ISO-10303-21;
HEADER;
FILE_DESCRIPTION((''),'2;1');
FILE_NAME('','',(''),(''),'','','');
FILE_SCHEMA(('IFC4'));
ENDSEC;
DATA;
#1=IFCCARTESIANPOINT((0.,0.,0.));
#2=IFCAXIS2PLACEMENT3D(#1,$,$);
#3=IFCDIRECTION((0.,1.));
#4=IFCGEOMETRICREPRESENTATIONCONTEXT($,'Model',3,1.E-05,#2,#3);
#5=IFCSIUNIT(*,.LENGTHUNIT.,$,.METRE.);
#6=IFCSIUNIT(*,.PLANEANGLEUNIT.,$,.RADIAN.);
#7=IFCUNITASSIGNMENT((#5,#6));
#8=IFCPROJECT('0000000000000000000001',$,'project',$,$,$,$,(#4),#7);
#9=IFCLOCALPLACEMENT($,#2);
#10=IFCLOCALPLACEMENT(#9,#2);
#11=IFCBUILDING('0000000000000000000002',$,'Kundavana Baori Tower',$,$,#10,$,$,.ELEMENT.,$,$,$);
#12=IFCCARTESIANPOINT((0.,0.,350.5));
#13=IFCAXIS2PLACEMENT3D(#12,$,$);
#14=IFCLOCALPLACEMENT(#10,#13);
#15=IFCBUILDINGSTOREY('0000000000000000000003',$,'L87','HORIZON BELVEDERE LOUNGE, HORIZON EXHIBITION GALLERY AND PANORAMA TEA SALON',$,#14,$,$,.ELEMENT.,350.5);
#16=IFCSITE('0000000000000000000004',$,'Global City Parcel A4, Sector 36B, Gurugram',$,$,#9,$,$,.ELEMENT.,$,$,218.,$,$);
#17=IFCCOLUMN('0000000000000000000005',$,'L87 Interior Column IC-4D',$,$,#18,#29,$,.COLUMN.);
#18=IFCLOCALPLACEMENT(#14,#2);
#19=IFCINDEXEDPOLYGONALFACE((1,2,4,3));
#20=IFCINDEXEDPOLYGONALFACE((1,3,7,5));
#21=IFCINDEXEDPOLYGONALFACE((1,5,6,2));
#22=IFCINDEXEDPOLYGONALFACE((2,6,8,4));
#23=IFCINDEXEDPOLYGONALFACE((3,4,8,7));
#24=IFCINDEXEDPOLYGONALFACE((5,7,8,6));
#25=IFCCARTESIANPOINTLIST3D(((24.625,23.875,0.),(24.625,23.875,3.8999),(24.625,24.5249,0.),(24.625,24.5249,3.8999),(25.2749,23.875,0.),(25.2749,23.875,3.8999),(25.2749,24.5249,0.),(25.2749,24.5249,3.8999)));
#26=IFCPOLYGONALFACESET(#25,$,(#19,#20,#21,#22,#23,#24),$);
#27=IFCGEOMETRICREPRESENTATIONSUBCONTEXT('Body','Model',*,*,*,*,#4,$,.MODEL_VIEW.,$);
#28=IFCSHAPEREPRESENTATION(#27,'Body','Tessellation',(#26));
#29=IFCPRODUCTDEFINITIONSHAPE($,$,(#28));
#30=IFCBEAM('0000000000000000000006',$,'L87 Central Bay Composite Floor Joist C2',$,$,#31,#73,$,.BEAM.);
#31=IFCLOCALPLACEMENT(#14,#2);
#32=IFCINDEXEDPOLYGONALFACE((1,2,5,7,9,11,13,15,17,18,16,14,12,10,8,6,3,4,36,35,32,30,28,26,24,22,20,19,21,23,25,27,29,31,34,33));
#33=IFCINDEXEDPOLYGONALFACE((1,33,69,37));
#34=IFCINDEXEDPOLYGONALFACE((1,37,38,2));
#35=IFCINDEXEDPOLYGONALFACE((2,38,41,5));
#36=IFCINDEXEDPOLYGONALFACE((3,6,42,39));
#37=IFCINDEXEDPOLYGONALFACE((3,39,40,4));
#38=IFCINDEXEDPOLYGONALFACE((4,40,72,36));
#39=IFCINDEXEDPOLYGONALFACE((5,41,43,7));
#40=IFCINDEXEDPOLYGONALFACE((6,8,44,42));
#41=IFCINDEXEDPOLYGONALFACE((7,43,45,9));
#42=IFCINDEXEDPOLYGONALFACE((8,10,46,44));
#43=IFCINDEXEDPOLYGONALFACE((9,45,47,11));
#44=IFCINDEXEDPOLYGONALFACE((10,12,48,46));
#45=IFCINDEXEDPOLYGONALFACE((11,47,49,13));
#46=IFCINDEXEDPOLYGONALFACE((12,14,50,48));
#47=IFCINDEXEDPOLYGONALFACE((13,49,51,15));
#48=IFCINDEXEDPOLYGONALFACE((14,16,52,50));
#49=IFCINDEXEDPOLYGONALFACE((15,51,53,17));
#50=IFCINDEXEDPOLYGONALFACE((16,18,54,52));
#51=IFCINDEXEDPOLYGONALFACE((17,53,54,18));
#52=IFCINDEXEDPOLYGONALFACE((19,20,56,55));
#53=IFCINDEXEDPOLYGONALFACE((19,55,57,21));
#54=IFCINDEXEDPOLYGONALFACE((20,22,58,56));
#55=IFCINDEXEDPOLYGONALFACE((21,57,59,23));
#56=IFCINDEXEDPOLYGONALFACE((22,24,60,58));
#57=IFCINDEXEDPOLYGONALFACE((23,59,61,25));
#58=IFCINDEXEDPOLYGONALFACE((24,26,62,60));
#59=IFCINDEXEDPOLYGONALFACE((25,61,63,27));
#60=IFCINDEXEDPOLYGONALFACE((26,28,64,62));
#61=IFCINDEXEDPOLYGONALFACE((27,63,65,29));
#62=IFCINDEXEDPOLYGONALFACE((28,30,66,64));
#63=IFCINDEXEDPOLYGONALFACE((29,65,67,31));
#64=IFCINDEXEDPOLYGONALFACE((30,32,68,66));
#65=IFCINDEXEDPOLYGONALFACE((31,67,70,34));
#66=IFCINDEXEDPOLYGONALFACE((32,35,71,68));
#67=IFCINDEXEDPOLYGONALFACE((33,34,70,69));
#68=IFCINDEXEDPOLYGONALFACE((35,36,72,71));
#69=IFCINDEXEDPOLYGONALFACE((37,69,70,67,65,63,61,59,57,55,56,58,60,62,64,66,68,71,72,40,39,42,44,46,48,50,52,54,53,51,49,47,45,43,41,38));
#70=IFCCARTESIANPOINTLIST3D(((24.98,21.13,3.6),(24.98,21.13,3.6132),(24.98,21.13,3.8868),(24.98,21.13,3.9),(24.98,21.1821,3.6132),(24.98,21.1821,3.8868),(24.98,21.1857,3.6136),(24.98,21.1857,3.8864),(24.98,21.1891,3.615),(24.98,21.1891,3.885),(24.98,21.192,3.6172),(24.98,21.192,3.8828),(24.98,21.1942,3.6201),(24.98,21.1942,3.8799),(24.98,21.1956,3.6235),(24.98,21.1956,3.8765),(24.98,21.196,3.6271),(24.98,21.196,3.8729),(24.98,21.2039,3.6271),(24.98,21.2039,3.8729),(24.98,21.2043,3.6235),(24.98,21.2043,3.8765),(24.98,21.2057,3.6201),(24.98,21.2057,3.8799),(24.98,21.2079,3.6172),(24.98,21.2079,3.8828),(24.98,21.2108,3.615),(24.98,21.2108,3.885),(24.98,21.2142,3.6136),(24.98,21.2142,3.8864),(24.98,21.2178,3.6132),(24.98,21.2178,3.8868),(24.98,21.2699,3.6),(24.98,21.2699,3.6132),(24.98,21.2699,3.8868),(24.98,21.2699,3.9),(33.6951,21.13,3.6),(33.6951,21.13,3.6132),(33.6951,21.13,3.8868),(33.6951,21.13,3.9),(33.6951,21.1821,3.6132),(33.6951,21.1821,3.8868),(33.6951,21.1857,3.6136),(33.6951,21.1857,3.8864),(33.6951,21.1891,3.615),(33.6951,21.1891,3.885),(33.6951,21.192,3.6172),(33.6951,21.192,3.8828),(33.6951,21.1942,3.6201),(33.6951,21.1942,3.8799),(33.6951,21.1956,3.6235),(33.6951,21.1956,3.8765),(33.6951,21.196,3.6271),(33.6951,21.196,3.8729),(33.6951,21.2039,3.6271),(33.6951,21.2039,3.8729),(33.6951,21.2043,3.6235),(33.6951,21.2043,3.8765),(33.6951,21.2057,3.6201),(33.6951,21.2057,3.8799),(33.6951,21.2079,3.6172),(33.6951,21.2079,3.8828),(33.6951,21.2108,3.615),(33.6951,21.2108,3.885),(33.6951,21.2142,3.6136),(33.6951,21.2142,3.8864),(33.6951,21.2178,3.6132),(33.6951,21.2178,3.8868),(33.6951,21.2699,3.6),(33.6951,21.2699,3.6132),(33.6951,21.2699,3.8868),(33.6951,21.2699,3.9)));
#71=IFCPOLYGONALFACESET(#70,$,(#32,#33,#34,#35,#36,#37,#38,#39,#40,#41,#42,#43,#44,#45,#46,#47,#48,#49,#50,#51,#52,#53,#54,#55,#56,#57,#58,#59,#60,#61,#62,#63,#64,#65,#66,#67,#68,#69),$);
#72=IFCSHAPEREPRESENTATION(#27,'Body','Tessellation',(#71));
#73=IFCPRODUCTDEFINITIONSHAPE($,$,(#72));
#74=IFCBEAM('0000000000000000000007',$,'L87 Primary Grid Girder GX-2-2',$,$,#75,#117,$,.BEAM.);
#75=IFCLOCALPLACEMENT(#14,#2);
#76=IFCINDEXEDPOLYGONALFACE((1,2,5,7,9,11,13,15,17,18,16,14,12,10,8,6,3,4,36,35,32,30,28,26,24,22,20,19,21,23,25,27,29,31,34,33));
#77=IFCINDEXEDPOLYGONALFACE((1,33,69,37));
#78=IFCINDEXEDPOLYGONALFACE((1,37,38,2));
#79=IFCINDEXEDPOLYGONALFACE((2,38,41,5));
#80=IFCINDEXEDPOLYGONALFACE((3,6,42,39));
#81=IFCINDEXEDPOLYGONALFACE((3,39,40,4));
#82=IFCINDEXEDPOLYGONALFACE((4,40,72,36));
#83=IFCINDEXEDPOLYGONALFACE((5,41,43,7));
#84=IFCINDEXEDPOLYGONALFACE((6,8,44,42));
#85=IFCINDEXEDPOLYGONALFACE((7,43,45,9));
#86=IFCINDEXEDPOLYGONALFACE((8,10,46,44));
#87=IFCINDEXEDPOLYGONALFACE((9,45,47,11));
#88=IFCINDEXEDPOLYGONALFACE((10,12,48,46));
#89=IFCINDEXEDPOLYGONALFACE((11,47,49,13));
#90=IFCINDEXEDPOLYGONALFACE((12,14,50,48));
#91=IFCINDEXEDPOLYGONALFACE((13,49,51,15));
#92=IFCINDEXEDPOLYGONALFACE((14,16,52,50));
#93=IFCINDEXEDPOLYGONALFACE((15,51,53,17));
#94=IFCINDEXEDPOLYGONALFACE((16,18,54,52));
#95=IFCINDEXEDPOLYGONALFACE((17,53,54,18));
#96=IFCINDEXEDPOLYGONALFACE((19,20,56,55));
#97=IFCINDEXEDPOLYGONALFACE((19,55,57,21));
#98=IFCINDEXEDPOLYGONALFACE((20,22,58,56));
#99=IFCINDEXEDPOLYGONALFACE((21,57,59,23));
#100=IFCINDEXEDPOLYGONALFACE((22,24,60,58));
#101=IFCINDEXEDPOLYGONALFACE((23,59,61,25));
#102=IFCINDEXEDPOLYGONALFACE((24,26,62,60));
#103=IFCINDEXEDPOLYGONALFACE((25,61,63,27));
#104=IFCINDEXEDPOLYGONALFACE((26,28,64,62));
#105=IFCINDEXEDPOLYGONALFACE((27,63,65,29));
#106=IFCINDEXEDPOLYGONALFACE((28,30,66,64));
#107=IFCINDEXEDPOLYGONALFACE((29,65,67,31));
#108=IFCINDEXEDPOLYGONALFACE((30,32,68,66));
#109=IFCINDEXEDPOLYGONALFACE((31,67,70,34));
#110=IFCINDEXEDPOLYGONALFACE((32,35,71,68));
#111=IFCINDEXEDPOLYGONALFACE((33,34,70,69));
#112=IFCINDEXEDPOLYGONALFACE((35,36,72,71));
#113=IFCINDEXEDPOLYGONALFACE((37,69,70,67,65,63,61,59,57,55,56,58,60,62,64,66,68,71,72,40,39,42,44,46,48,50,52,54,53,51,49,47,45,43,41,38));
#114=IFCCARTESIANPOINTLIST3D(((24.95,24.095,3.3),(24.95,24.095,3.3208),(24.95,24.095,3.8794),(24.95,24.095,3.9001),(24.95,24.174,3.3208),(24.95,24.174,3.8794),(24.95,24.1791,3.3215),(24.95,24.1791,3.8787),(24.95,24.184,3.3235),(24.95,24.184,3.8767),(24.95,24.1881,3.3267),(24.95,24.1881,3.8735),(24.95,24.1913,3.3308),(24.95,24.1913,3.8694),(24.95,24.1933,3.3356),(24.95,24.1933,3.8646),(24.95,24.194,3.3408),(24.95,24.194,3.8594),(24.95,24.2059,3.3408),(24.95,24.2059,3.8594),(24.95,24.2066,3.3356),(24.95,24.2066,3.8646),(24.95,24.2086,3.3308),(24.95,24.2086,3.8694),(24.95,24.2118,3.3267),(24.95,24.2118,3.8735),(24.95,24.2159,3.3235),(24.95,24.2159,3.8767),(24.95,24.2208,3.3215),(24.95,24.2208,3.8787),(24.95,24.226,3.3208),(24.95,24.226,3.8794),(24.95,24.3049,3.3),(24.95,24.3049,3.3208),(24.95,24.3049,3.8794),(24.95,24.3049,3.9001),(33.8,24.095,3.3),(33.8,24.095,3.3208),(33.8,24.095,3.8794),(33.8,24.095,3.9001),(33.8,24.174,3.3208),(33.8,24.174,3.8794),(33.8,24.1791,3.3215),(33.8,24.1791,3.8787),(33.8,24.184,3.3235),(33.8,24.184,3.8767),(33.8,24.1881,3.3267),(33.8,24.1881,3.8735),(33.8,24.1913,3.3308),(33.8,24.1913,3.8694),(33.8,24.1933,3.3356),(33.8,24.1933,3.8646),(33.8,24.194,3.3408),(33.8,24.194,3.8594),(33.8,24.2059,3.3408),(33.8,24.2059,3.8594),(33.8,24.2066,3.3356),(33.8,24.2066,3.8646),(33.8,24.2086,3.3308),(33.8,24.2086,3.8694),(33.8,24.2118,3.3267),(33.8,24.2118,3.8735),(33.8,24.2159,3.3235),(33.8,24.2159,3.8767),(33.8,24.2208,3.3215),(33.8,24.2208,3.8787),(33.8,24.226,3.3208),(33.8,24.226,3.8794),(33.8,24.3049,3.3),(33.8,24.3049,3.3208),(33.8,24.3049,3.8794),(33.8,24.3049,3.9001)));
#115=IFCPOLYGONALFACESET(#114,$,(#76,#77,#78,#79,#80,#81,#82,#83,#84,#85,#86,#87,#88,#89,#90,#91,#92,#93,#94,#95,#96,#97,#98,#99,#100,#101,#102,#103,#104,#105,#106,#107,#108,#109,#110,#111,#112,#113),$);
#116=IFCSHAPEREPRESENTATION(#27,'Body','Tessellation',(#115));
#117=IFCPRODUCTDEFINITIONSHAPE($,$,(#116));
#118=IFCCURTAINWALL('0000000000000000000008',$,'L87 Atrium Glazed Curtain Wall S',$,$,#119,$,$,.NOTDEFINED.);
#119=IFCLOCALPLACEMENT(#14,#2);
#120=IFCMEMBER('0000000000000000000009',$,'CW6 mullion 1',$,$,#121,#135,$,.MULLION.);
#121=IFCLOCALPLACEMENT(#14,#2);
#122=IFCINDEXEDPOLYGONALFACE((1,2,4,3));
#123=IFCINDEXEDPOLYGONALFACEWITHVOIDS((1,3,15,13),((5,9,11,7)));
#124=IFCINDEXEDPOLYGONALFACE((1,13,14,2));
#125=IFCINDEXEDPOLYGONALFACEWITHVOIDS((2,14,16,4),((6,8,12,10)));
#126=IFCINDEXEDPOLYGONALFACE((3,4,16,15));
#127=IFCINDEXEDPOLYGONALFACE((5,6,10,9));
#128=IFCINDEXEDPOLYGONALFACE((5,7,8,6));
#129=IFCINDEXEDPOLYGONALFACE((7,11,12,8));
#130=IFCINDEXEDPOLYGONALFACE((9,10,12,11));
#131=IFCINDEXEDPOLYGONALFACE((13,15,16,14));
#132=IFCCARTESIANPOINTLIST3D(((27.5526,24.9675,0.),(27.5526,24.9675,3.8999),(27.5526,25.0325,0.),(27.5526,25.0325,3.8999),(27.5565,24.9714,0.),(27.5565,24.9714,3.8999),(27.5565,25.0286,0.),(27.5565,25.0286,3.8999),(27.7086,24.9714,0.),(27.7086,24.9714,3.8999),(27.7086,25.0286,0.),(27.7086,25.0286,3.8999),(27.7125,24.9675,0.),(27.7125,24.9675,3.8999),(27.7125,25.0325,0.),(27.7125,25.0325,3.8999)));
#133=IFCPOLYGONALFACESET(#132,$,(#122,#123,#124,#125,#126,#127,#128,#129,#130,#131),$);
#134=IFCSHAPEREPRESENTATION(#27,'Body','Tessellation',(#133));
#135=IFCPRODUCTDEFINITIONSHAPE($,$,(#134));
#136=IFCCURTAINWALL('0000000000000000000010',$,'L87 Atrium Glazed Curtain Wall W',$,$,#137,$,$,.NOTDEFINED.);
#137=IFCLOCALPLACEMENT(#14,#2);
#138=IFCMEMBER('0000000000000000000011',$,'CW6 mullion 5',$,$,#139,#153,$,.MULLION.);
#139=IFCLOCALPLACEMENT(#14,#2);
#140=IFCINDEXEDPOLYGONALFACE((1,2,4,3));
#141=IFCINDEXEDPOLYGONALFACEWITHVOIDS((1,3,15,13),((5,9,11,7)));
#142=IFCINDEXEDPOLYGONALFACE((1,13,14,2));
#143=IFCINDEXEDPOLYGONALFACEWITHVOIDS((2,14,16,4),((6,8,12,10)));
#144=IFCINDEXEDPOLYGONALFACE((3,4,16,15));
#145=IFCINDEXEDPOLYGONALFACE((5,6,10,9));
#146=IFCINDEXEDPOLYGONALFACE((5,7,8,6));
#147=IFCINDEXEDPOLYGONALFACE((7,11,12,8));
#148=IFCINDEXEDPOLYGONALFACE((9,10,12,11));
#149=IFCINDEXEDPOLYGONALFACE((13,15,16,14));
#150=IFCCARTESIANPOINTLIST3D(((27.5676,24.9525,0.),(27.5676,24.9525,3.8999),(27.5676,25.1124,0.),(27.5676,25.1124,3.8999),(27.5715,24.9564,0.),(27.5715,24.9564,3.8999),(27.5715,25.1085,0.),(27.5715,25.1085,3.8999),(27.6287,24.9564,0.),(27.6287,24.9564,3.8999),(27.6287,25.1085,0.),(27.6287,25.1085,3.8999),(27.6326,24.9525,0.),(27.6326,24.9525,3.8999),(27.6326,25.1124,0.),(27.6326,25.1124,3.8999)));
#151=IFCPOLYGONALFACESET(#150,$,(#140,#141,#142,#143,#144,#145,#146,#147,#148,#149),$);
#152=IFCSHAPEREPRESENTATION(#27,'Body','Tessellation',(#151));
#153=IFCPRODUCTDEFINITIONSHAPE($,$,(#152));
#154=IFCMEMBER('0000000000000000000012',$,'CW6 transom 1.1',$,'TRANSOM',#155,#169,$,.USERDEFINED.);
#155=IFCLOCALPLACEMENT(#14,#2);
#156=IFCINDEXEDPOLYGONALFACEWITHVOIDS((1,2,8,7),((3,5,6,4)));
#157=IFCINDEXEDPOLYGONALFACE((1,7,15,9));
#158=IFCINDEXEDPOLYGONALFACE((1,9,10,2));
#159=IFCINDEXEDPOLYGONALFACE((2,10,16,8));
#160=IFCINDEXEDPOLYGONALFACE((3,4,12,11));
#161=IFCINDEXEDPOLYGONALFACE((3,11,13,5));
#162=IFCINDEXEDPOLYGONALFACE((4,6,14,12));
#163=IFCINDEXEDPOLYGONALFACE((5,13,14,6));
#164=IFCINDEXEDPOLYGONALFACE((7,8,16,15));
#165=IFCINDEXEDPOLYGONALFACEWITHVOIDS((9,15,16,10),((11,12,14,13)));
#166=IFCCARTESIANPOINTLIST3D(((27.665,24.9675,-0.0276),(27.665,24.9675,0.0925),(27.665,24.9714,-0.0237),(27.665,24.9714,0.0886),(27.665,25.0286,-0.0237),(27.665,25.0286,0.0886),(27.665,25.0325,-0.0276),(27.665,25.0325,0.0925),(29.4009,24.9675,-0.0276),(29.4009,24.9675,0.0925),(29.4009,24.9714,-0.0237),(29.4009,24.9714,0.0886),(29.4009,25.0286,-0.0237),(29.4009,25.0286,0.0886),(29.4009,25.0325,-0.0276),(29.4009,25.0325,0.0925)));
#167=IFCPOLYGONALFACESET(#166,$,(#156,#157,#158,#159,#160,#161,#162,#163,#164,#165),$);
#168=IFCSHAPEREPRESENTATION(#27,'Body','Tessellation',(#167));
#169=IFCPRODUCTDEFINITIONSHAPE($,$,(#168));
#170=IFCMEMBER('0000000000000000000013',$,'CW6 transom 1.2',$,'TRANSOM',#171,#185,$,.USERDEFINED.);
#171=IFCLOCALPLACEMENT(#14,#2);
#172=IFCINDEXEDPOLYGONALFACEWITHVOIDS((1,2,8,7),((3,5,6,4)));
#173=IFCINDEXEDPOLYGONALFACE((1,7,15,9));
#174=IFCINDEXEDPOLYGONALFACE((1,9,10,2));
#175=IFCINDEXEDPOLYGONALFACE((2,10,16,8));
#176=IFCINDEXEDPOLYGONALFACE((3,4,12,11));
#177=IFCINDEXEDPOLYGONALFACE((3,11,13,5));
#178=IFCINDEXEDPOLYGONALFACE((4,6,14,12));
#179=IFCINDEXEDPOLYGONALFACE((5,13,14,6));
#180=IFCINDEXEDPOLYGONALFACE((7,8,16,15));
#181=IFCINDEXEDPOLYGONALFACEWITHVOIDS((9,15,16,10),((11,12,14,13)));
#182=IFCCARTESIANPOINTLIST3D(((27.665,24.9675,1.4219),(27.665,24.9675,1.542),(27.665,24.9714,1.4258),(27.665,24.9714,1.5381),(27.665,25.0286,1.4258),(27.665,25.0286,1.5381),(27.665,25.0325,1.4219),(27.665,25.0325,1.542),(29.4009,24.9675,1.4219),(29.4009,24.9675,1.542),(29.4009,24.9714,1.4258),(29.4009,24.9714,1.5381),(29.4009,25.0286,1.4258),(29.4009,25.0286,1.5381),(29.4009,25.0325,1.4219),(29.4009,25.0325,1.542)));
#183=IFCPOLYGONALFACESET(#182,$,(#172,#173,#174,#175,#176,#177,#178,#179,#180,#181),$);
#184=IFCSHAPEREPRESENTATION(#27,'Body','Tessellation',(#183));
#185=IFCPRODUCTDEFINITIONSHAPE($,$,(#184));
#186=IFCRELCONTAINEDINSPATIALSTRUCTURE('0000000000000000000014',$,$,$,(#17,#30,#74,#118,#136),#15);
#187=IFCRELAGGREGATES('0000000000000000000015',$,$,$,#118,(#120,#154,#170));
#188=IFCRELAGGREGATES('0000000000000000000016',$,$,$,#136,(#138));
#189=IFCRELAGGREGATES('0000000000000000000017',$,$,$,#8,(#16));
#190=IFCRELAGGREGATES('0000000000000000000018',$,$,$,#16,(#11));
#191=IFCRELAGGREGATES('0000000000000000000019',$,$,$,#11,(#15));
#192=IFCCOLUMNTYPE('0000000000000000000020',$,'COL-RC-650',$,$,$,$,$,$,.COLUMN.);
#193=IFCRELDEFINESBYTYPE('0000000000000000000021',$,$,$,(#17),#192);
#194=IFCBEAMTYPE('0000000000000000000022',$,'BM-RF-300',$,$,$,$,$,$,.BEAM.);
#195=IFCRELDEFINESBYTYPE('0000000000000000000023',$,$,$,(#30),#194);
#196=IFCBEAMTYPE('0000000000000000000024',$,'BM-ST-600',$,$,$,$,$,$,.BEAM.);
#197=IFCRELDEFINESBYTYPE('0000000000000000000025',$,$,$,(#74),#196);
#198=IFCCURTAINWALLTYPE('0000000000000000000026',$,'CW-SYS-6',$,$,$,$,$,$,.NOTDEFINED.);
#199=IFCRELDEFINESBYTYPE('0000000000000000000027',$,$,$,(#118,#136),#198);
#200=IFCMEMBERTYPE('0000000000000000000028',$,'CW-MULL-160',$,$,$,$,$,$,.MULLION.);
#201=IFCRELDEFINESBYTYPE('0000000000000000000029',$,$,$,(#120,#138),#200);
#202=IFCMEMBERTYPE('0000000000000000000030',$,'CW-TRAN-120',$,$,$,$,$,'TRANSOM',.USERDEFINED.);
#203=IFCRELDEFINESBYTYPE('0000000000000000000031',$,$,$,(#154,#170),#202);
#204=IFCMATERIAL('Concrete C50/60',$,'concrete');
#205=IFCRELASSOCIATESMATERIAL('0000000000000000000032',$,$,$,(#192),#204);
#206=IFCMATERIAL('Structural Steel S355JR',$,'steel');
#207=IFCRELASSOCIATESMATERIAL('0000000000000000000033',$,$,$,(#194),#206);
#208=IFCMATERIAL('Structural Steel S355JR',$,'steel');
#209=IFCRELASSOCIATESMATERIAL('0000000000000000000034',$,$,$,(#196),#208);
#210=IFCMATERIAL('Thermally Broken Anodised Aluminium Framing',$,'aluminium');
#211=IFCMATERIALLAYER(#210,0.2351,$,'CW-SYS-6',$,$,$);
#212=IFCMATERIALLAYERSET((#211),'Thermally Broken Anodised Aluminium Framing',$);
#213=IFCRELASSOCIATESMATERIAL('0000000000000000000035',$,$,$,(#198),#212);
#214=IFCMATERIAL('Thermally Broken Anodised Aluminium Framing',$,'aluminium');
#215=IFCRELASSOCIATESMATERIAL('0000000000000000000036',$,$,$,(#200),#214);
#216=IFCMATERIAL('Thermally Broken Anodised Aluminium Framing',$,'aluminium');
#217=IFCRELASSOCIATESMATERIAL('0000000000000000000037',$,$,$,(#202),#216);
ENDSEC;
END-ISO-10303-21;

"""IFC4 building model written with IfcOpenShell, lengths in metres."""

from ifc_helpers import new_model, si_unit, direction, frame, origin, origin_2d, place, context, subcontext, project, spatial, rectangle, hollow_rectangle, i_section, extrude, material, layer, layer_set, material_profile, profile_set, type_object, element, aggregate, save


model = new_model("IFC4")

# Units and contexts
model_context = context("Model", 3, precision=1e-05, world=origin(), true_north=direction((0.0, 1.0)))
body_context = subcontext(model_context, "Body", "Model", "MODEL_VIEW")
ifc_project = project(units=[si_unit("LENGTHUNIT", "METRE"), si_unit("PLANEANGLEUNIT", "RADIAN")], contexts=[model_context])

# Site, building, storey
site_placement = place(None, origin())
site = spatial("IfcSite", under=ifc_project, at=site_placement, Name="Global City Parcel A4, Sector 36B, Gurugram", CompositionType="ELEMENT", RefElevation=218.0)
building_placement = place(site_placement, origin())
building = spatial("IfcBuilding", under=site, at=building_placement, Name="Kundavana Baori Tower", CompositionType="ELEMENT")
storey_placement = place(building_placement, frame((0.0, 0.0, 350.5)))
storey = spatial("IfcBuildingStorey", under=building, at=storey_placement, Name="L87", Description="HORIZON BELVEDERE LOUNGE, HORIZON EXHIBITION GALLERY AND PANORAMA TEA SALON", CompositionType="ELEMENT", Elevation=350.5)

# Column
ifc_material_1 = material(Name="Concrete C50/60", Category="concrete")
ifc_material_profile_1 = material_profile(ifc_material_1, rectangle(XDim=0.6499, YDim=0.6499, at=origin_2d()), Name="RC 650x650")
ifc_profile_set_1 = profile_set([ifc_material_profile_1], Name="Concrete C50/60")
column_type = type_object("IfcColumnType", Name="COL-RC-650", PredefinedType="COLUMN", material=ifc_profile_set_1)
column_placement = place(storey_placement, frame((24.95, 24.2, 0.0), z_axis=(0.0, 0.0, 1.0), x_axis=(1.0, 0.0, 0.0)))
element("IfcColumn", 1, at=column_placement, inside=storey, type_object=column_type, Name="L87 Interior Column IC-4D", PredefinedType="COLUMN", context=body_context, shape_type="SweptSolid", body=[
    extrude(rectangle(XDim=0.6499, YDim=0.6499, at=origin_2d()), origin(), (0.0, 0.0, 1.0), 3.8999),
])

# Beams
ifc_material_2 = material(Name="Structural Steel S355JR", Category="steel")
ifc_material_profile_2 = material_profile(ifc_material_2, i_section(OverallWidth=0.1399, OverallDepth=0.3, WebThickness=0.0078, FlangeThickness=0.0132, FilletRadius=0.0139, at=origin_2d()), Name="ISMB 300")
ifc_profile_set_2 = profile_set([ifc_material_profile_2], Name="Structural Steel S355JR")
beam_type_1 = type_object("IfcBeamType", Name="BM-RF-300", PredefinedType="BEAM", material=ifc_profile_set_2)
beam_1_placement = place(storey_placement, frame((24.98, 21.2, 3.75), z_axis=(1.0, 0.0, 0.0), x_axis=(0.0, 1.0, 0.0)))
element("IfcBeam", 2, at=beam_1_placement, inside=storey, type_object=beam_type_1, Name="L87 Central Bay Composite Floor Joist C2", PredefinedType="BEAM", context=body_context, shape_type="SweptSolid", body=[
    extrude(i_section(OverallWidth=0.1399, OverallDepth=0.3, WebThickness=0.0078, FlangeThickness=0.0132, FilletRadius=0.0139, at=origin_2d()), origin(), (0.0, 0.0, 1.0), 8.7151),
])
ifc_material_3 = material(Name="Structural Steel S355JR", Category="steel")
ifc_material_profile_3 = material_profile(ifc_material_3, i_section(OverallWidth=0.21, OverallDepth=0.6001, WebThickness=0.012, FlangeThickness=0.0208, FilletRadius=0.02, at=origin_2d()), Name="ISMB 600")
ifc_profile_set_3 = profile_set([ifc_material_profile_3], Name="Structural Steel S355JR")
beam_type_2 = type_object("IfcBeamType", Name="BM-ST-600", PredefinedType="BEAM", material=ifc_profile_set_3)
beam_2_placement = place(storey_placement, frame((24.95, 24.2, 3.6001), z_axis=(1.0, 0.0, 0.0), x_axis=(0.0, 1.0, 0.0)))
element("IfcBeam", 3, at=beam_2_placement, inside=storey, type_object=beam_type_2, Name="L87 Primary Grid Girder GX-2-2", PredefinedType="BEAM", context=body_context, shape_type="SweptSolid", body=[
    extrude(i_section(OverallWidth=0.21, OverallDepth=0.6001, WebThickness=0.012, FlangeThickness=0.0208, FilletRadius=0.02, at=origin_2d()), origin(), (0.0, 0.0, 1.0), 8.8501),
])

# Curtain walls, members
ifc_material_4 = material(Name="Thermally Broken Anodised Aluminium Framing", Category="aluminium")
ifc_layer_1 = layer(ifc_material_4, 0.2351, Name="CW-SYS-6")
ifc_layer_set_1 = layer_set([ifc_layer_1], Name="Thermally Broken Anodised Aluminium Framing")
curtain_wall_type = type_object("IfcCurtainWallType", Name="CW-SYS-6", PredefinedType="NOTDEFINED", material=ifc_layer_set_1)
curtain_wall_1_placement = place(storey_placement, origin())
curtain_wall_1 = element("IfcCurtainWall", 4, at=curtain_wall_1_placement, inside=storey, type_object=curtain_wall_type, Name="L87 Atrium Glazed Curtain Wall S", PredefinedType="NOTDEFINED")
ifc_material_5 = material(Name="Thermally Broken Anodised Aluminium Framing", Category="aluminium")
ifc_material_profile_4 = material_profile(ifc_material_5, hollow_rectangle(XDim=0.0649, YDim=0.1599, WallThickness=0.0039, at=origin_2d()), Name="CW-MULL-160")
ifc_profile_set_4 = profile_set([ifc_material_profile_4], Name="Thermally Broken Anodised Aluminium Framing")
member_type_1 = type_object("IfcMemberType", Name="CW-MULL-160", PredefinedType="MULLION", material=ifc_profile_set_4)
member_1_placement = place(storey_placement, frame((27.6326, 25.0, 0.0), z_axis=(0.0, 0.0, 1.0), x_axis=(0.0, 1.0, 0.0)))
member_1 = element("IfcMember", 5, at=member_1_placement, type_object=member_type_1, Name="CW6 mullion 1", PredefinedType="MULLION", context=body_context, shape_type="SweptSolid", body=[
    extrude(hollow_rectangle(XDim=0.0649, YDim=0.1599, WallThickness=0.0039, at=origin_2d()), origin(), (0.0, 0.0, 1.0), 3.8999),
])
curtain_wall_2_placement = place(storey_placement, origin())
curtain_wall_2 = element("IfcCurtainWall", 6, at=curtain_wall_2_placement, inside=storey, type_object=curtain_wall_type, Name="L87 Atrium Glazed Curtain Wall W", PredefinedType="NOTDEFINED")
member_2_placement = place(storey_placement, frame((27.6001, 25.0325, 0.0), z_axis=(0.0, 0.0, 1.0), x_axis=(1.0, 0.0, 0.0)))
member_2 = element("IfcMember", 7, at=member_2_placement, type_object=member_type_1, Name="CW6 mullion 5", PredefinedType="MULLION", context=body_context, shape_type="SweptSolid", body=[
    extrude(hollow_rectangle(XDim=0.0649, YDim=0.1599, WallThickness=0.0039, at=origin_2d()), origin(), (0.0, 0.0, 1.0), 3.8999),
])

# Members
ifc_material_6 = material(Name="Thermally Broken Anodised Aluminium Framing", Category="aluminium")
ifc_material_profile_5 = material_profile(ifc_material_6, hollow_rectangle(XDim=0.0649, YDim=0.1201, WallThickness=0.0039, at=origin_2d()), Name="CW-TRAN-120")
ifc_profile_set_5 = profile_set([ifc_material_profile_5], Name="Thermally Broken Anodised Aluminium Framing")
member_type_2 = type_object("IfcMemberType", Name="CW-TRAN-120", ElementType="TRANSOM", PredefinedType="USERDEFINED", material=ifc_profile_set_5)
member_3_placement = place(storey_placement, frame((27.665, 25.0, 0.0325), z_axis=(1.0, 0.0, 0.0), x_axis=(0.0, 1.0, 0.0)))
member_3 = element("IfcMember", 8, at=member_3_placement, type_object=member_type_2, Name="CW6 transom 1.1", ObjectType="TRANSOM", PredefinedType="USERDEFINED", context=body_context, shape_type="SweptSolid", body=[
    extrude(hollow_rectangle(XDim=0.0649, YDim=0.1201, WallThickness=0.0039, at=origin_2d()), origin(), (0.0, 0.0, 1.0), 1.7358),
])
member_4_placement = place(storey_placement, frame((27.665, 25.0, 1.4819), z_axis=(1.0, 0.0, 0.0), x_axis=(0.0, 1.0, 0.0)))
member_4 = element("IfcMember", 9, at=member_4_placement, type_object=member_type_2, Name="CW6 transom 1.2", ObjectType="TRANSOM", PredefinedType="USERDEFINED", context=body_context, shape_type="SweptSolid", body=[
    extrude(hollow_rectangle(XDim=0.0649, YDim=0.1201, WallThickness=0.0039, at=origin_2d()), origin(), (0.0, 0.0, 1.0), 1.7358),
])
aggregate(curtain_wall_1, [member_1, member_3, member_4])

aggregate(curtain_wall_2, [member_2])

save(model, "model.ifc")
